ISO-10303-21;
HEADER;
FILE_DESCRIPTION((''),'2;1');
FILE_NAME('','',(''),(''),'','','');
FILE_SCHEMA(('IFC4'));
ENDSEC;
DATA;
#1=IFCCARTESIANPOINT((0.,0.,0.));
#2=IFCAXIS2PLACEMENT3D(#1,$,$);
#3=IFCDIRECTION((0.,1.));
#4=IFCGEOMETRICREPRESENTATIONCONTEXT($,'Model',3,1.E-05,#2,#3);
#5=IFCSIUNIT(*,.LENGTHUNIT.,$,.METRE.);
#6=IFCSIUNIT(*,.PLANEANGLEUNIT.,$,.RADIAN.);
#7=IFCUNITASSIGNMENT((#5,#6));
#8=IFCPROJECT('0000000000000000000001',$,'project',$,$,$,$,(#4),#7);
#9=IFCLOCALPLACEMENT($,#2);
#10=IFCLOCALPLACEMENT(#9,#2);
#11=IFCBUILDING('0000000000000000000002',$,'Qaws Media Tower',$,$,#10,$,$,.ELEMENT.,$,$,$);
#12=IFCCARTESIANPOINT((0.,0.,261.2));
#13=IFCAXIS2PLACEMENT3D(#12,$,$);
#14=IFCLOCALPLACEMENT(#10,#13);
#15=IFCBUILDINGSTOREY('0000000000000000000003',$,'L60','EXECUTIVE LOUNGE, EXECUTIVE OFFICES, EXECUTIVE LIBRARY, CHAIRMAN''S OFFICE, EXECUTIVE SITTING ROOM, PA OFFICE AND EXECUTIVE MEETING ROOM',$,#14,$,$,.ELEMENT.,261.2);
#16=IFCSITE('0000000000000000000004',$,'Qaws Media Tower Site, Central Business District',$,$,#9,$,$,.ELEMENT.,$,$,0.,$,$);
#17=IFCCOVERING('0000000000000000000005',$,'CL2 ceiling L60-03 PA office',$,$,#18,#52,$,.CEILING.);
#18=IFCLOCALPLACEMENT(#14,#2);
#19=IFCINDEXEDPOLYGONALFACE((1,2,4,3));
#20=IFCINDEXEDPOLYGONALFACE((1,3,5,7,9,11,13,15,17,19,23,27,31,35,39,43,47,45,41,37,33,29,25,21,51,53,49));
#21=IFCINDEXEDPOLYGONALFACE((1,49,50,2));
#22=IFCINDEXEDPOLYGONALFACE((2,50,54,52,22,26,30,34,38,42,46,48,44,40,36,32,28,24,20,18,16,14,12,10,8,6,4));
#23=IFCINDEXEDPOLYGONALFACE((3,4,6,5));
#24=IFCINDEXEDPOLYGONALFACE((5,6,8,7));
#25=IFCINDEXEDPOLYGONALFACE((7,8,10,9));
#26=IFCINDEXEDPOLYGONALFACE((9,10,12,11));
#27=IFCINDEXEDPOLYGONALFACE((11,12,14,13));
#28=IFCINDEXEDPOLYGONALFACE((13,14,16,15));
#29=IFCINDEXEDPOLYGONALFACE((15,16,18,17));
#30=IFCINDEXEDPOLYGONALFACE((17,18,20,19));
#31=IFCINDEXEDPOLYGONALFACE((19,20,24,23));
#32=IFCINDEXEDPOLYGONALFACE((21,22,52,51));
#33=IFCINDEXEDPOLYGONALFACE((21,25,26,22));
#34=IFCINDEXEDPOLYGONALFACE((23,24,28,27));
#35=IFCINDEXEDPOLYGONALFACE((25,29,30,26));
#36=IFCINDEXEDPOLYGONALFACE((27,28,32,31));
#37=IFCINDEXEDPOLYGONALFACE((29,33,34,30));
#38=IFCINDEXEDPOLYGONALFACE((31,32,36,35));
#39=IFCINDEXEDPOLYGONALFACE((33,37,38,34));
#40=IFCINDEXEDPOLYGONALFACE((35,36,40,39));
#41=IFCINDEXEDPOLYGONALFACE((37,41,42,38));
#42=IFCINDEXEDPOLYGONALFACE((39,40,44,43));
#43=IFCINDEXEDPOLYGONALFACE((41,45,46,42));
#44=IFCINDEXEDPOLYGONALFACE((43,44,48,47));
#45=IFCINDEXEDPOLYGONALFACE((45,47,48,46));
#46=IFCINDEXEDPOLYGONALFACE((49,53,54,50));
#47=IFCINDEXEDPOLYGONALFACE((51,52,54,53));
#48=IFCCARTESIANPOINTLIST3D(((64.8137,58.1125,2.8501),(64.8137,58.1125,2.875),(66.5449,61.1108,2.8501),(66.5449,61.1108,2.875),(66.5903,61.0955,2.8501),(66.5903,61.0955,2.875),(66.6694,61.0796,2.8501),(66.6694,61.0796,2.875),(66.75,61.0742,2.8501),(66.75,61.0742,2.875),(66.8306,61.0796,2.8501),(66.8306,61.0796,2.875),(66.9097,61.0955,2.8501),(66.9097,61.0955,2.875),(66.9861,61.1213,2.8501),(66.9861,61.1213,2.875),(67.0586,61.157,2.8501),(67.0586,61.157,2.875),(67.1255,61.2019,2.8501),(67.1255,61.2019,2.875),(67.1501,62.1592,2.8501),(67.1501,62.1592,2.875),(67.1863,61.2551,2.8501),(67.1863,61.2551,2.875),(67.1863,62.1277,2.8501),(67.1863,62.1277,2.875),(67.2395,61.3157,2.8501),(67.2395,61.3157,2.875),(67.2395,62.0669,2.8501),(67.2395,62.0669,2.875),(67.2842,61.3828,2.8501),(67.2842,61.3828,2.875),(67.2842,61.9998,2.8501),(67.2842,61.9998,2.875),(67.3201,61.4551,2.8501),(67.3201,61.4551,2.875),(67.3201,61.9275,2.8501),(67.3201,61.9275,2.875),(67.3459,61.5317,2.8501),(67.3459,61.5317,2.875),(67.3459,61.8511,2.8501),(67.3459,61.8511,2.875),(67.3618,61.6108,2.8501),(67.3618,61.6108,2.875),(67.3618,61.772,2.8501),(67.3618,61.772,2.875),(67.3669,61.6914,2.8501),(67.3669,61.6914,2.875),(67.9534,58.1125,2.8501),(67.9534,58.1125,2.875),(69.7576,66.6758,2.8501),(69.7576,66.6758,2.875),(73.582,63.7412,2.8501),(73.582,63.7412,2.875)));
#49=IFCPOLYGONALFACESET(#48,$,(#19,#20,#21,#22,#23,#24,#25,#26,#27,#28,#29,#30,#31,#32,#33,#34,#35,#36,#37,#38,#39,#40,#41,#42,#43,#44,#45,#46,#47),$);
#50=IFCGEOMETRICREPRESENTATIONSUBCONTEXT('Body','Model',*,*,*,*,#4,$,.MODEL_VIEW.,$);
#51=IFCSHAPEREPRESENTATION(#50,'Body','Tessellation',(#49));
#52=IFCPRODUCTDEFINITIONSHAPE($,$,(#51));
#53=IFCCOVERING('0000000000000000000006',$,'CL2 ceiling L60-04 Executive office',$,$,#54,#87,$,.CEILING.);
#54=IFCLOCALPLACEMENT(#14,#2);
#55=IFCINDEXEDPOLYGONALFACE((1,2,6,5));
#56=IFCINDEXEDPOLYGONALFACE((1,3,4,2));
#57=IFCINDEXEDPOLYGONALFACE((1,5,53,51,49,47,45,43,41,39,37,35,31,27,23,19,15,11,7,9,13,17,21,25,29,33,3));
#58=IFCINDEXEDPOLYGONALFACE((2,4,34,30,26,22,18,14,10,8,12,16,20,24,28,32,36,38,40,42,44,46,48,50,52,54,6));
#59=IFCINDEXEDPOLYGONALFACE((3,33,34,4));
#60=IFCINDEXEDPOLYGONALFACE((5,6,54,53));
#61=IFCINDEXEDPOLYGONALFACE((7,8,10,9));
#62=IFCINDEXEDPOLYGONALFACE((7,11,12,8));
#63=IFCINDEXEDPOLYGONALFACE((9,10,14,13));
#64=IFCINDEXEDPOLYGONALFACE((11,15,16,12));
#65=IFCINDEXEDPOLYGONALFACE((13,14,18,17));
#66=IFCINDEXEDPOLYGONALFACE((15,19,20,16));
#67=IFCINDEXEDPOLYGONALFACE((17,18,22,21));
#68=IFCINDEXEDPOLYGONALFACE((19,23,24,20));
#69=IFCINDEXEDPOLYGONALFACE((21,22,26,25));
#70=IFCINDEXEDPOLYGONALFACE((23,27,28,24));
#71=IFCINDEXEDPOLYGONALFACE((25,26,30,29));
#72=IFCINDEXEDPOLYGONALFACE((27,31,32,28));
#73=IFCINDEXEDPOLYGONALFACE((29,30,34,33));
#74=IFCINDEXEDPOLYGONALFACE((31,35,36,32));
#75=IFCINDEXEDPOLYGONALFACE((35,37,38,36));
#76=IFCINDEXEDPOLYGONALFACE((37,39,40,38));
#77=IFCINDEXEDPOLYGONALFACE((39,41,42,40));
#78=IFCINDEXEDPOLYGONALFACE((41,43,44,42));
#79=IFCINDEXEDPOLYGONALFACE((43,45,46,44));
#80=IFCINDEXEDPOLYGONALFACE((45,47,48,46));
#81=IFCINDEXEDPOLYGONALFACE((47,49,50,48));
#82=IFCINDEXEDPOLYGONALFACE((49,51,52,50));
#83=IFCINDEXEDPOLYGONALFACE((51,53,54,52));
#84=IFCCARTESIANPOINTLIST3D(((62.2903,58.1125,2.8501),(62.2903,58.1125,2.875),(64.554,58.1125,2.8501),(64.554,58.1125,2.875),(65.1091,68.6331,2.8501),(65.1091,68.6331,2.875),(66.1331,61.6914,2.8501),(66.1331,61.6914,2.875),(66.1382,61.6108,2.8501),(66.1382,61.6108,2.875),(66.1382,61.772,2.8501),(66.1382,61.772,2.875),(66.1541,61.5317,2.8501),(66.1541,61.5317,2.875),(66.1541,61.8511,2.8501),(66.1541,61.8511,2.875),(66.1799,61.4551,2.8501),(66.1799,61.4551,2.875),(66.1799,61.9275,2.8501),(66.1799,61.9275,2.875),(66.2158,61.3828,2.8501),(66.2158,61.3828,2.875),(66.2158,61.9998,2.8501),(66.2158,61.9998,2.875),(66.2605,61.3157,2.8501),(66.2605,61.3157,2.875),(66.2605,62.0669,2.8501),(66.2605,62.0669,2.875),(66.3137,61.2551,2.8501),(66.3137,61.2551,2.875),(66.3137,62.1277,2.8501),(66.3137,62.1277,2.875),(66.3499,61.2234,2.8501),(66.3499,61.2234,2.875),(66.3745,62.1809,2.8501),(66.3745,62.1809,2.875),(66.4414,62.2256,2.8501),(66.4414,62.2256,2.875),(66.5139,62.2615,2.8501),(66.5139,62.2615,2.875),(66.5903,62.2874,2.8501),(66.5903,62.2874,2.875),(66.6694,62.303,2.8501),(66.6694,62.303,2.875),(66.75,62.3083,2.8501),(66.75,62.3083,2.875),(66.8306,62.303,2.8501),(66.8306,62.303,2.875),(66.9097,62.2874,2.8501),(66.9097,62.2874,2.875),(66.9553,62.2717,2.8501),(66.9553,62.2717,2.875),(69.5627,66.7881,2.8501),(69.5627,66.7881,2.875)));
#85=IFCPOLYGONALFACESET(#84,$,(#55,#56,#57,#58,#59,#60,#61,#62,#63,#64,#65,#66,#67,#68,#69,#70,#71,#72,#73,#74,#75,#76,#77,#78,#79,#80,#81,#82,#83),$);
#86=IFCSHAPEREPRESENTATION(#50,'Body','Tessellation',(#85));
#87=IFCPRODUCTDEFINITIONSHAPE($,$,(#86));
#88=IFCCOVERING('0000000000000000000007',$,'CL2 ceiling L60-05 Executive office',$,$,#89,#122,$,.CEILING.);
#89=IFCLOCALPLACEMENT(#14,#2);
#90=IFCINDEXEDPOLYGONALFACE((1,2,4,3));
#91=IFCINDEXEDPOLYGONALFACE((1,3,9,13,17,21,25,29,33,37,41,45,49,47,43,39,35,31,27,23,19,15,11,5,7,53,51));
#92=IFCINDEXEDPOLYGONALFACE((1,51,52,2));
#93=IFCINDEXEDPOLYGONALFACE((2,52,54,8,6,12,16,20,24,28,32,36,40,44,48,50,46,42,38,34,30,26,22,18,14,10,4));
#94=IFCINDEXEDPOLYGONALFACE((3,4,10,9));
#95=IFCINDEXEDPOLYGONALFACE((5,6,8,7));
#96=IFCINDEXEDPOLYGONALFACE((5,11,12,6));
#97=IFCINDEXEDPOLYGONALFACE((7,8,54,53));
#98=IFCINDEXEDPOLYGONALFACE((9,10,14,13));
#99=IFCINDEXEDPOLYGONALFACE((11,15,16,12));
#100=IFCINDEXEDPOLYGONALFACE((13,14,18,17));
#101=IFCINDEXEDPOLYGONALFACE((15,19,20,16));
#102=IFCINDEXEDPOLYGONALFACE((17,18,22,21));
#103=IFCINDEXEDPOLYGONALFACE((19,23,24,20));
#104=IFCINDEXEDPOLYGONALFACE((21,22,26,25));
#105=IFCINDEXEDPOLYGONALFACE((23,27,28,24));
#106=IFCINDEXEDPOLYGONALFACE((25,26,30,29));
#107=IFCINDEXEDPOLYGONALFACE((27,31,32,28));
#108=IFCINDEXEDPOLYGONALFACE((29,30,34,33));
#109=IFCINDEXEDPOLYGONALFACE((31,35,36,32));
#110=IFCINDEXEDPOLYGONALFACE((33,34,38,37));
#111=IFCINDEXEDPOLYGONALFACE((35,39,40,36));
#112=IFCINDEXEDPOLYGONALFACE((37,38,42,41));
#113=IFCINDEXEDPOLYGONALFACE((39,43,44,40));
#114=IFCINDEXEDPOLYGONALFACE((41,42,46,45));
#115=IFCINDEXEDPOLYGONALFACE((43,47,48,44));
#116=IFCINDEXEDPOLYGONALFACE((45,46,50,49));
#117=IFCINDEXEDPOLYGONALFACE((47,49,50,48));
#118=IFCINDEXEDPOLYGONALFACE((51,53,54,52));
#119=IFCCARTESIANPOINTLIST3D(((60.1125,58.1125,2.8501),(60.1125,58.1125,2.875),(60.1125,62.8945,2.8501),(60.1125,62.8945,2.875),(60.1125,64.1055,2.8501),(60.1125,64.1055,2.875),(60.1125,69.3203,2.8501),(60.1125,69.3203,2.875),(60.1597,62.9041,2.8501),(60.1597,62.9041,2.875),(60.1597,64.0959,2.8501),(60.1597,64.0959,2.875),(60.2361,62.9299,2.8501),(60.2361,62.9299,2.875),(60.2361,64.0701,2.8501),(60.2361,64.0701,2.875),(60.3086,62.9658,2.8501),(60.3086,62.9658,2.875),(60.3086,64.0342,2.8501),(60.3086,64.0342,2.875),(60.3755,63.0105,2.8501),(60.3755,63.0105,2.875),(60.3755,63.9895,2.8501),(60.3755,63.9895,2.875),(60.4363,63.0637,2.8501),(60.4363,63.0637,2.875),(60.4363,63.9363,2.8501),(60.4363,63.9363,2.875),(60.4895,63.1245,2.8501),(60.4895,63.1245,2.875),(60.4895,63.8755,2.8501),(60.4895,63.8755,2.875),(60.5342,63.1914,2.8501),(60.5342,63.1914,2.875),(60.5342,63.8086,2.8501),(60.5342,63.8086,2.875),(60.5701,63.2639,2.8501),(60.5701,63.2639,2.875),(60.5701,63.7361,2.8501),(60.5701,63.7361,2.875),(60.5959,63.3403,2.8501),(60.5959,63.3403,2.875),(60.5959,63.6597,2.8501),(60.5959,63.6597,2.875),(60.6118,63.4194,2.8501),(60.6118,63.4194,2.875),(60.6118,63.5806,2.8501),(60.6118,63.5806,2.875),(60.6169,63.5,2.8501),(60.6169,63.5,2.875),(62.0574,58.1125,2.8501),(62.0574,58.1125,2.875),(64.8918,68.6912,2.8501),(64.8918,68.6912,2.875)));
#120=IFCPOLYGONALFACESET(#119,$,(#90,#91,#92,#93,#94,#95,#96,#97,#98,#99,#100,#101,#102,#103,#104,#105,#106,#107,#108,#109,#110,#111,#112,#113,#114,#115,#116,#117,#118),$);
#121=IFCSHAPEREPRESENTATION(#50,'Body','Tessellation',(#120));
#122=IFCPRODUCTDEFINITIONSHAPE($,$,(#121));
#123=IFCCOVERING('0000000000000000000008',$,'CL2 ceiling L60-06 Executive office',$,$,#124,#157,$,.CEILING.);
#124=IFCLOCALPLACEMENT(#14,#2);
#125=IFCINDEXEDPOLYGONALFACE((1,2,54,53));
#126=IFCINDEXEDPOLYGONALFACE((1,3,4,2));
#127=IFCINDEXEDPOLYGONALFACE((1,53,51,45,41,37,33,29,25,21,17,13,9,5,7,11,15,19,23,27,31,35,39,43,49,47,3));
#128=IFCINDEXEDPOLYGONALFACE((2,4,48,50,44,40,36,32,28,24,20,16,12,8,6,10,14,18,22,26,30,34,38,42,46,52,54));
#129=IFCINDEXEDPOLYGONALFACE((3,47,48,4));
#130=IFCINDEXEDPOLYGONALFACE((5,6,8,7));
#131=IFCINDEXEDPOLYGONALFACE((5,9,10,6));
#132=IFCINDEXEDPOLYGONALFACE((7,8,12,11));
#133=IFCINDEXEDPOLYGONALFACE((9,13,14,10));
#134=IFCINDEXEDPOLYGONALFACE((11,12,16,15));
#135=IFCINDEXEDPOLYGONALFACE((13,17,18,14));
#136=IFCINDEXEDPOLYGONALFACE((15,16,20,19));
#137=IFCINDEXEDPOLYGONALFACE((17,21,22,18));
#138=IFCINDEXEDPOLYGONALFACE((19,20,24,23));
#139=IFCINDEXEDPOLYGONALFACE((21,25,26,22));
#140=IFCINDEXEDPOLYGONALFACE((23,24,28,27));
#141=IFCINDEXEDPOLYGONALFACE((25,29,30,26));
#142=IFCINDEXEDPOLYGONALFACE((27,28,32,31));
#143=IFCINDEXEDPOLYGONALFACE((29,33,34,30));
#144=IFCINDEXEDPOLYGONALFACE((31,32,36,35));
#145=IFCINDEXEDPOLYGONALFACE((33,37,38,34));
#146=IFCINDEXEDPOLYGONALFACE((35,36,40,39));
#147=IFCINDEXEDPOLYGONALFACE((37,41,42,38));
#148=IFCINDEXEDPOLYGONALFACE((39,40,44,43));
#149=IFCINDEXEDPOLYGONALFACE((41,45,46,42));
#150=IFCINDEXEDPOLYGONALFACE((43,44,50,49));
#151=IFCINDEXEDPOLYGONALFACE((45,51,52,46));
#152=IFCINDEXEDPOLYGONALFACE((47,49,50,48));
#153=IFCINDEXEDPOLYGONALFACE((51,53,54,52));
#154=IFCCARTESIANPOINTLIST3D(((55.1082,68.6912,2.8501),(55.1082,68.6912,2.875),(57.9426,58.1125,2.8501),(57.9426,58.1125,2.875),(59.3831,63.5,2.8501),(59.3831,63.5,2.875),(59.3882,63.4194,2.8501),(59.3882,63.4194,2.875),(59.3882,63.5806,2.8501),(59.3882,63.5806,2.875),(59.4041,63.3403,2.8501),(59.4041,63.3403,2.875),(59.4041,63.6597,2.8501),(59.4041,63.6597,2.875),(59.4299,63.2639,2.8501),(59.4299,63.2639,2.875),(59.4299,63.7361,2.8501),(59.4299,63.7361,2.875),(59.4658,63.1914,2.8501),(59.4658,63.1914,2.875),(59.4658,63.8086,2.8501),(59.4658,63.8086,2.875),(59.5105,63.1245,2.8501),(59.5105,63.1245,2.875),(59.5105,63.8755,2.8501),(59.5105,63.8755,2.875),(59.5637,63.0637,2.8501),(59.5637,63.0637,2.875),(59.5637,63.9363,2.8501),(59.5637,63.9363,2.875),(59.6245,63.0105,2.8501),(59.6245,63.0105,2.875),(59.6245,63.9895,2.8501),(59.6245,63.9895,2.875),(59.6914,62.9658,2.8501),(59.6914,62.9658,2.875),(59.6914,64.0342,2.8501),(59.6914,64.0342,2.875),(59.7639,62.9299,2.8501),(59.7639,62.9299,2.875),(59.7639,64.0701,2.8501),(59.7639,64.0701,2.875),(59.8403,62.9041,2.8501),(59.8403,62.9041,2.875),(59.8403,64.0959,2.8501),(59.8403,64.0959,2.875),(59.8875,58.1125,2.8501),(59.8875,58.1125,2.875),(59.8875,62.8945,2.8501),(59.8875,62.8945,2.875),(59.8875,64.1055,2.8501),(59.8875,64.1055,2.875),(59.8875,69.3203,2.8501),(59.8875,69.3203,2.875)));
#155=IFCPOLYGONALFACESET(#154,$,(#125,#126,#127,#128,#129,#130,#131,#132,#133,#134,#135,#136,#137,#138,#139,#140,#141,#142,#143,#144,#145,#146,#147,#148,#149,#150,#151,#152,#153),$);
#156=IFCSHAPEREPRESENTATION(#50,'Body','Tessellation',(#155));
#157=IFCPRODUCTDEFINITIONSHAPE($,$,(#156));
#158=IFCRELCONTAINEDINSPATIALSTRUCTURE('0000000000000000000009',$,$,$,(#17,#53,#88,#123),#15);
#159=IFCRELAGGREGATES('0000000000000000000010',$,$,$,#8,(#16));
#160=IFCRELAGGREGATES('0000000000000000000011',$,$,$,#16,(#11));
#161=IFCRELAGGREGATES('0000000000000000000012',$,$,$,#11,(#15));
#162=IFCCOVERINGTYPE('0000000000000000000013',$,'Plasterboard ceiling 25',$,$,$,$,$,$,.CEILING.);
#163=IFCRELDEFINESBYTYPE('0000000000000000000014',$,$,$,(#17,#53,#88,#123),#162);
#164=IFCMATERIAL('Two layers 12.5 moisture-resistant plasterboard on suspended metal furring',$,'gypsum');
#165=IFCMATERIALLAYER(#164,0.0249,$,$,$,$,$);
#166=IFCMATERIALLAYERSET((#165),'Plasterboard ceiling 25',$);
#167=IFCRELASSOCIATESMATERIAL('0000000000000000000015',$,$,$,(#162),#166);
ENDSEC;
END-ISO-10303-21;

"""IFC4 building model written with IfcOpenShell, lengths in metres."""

from ifc_helpers import new_model, si_unit, direction, frame, origin, place, context, subcontext, project, spatial, polyline, outline, extrude, material, layer, layer_set, type_object, element, save


model = new_model("IFC4")

# Units and contexts
model_context = context("Model", 3, precision=1e-05, world=origin(), true_north=direction((0.0, 1.0)))
body_context = subcontext(model_context, "Body", "Model", "MODEL_VIEW")
ifc_project = project(units=[si_unit("LENGTHUNIT", "METRE"), si_unit("PLANEANGLEUNIT", "RADIAN")], contexts=[model_context])

# Site, building, storey
site_placement = place(None, origin())
site = spatial("IfcSite", under=ifc_project, at=site_placement, Name="Qaws Media Tower Site, Central Business District", CompositionType="ELEMENT", RefElevation=0.0)
building_placement = place(site_placement, origin())
building = spatial("IfcBuilding", under=site, at=building_placement, Name="Qaws Media Tower", CompositionType="ELEMENT")
storey_placement = place(building_placement, frame((0.0, 0.0, 261.2)))
storey = spatial("IfcBuildingStorey", under=building, at=storey_placement, Name="L60", Description="EXECUTIVE LOUNGE, EXECUTIVE OFFICES, EXECUTIVE LIBRARY, CHAIRMAN'S OFFICE, EXECUTIVE SITTING ROOM, PA OFFICE AND EXECUTIVE MEETING ROOM", CompositionType="ELEMENT", Elevation=261.2)

# Coverings
ifc_material_1 = material(Name="Two layers 12.5 moisture-resistant plasterboard on suspended metal furring", Category="gypsum")
ifc_layer_1 = layer(ifc_material_1, 0.0249)
ifc_layer_set_1 = layer_set([ifc_layer_1], Name="Plasterboard ceiling 25")
covering_type_1 = type_object("IfcCoveringType", Name="Plasterboard ceiling 25", PredefinedType="CEILING", material=ifc_layer_set_1)
covering_1_placement = place(storey_placement, frame((0.0, 0.0, 2.8501)))
element("IfcCovering", 1, at=covering_1_placement, inside=storey, type_object=covering_type_1, Name="CL2 ceiling L60-03 PA office", PredefinedType="CEILING", context=body_context, shape_type="SweptSolid", body=[
    extrude(outline(polyline([(73.582, 63.7412), (67.9534, 58.1125), (64.8137, 58.1125), (66.5449, 61.1108), (66.5903, 61.0955), (66.6694, 61.0796), (66.75, 61.0742), (66.8306, 61.0796), (66.9097, 61.0955), (66.9861, 61.1213), (67.0586, 61.157), (67.1255, 61.2019), (67.1863, 61.2551), (67.2395, 61.3157), (67.2842, 61.3828), (67.3201, 61.4551), (67.3459, 61.5317), (67.3618, 61.6108), (67.3669, 61.6914), (67.3618, 61.772), (67.3459, 61.8511), (67.3201, 61.9275), (67.2842, 61.9998), (67.2395, 62.0669), (67.1863, 62.1277), (67.1501, 62.1592), (69.7576, 66.6758), (73.582, 63.7412)])), origin(), (0.0, 0.0, 1.0), 0.0249),
])
covering_2_placement = place(storey_placement, frame((0.0, 0.0, 2.8501)))
element("IfcCovering", 2, at=covering_2_placement, inside=storey, type_object=covering_type_1, Name="CL2 ceiling L60-04 Executive office", PredefinedType="CEILING", context=body_context, shape_type="SweptSolid", body=[
    extrude(outline(polyline([(69.5627, 66.7881), (66.9553, 62.2717), (66.9097, 62.2874), (66.8306, 62.303), (66.75, 62.3083), (66.6694, 62.303), (66.5903, 62.2874), (66.5139, 62.2615), (66.4414, 62.2256), (66.3745, 62.1809), (66.3137, 62.1277), (66.2605, 62.0669), (66.2158, 61.9998), (66.1799, 61.9275), (66.1541, 61.8511), (66.1382, 61.772), (66.1331, 61.6914), (66.1382, 61.6108), (66.1541, 61.5317), (66.1799, 61.4551), (66.2158, 61.3828), (66.2605, 61.3157), (66.3137, 61.2551), (66.3499, 61.2234), (64.554, 58.1125), (62.2903, 58.1125), (65.1091, 68.6331), (69.5627, 66.7881)])), origin(), (0.0, 0.0, 1.0), 0.0249),
])
covering_3_placement = place(storey_placement, frame((0.0, 0.0, 2.8501)))
element("IfcCovering", 3, at=covering_3_placement, inside=storey, type_object=covering_type_1, Name="CL2 ceiling L60-05 Executive office", PredefinedType="CEILING", context=body_context, shape_type="SweptSolid", body=[
    extrude(outline(polyline([(64.8918, 68.6912), (62.0574, 58.1125), (60.1125, 58.1125), (60.1125, 62.8945), (60.1597, 62.9041), (60.2361, 62.9299), (60.3086, 62.9658), (60.3755, 63.0105), (60.4363, 63.0637), (60.4895, 63.1245), (60.5342, 63.1914), (60.5701, 63.2639), (60.5959, 63.3403), (60.6118, 63.4194), (60.6169, 63.5), (60.6118, 63.5806), (60.5959, 63.6597), (60.5701, 63.7361), (60.5342, 63.8086), (60.4895, 63.8755), (60.4363, 63.9363), (60.3755, 63.9895), (60.3086, 64.0342), (60.2361, 64.0701), (60.1597, 64.0959), (60.1125, 64.1055), (60.1125, 69.3203), (64.8918, 68.6912)])), origin(), (0.0, 0.0, 1.0), 0.0249),
])
covering_4_placement = place(storey_placement, frame((0.0, 0.0, 2.8501)))
element("IfcCovering", 4, at=covering_4_placement, inside=storey, type_object=covering_type_1, Name="CL2 ceiling L60-06 Executive office", PredefinedType="CEILING", context=body_context, shape_type="SweptSolid", body=[
    extrude(outline(polyline([(59.8875, 69.3203), (59.8875, 64.1055), (59.8403, 64.0959), (59.7639, 64.0701), (59.6914, 64.0342), (59.6245, 63.9895), (59.5637, 63.9363), (59.5105, 63.8755), (59.4658, 63.8086), (59.4299, 63.7361), (59.4041, 63.6597), (59.3882, 63.5806), (59.3831, 63.5), (59.3882, 63.4194), (59.4041, 63.3403), (59.4299, 63.2639), (59.4658, 63.1914), (59.5105, 63.1245), (59.5637, 63.0637), (59.6245, 63.0105), (59.6914, 62.9658), (59.7639, 62.9299), (59.8403, 62.9041), (59.8875, 62.8945), (59.8875, 58.1125), (57.9426, 58.1125), (55.1082, 68.6912), (59.8875, 69.3203)])), origin(), (0.0, 0.0, 1.0), 0.0249),
])

save(model, "model.ifc")
